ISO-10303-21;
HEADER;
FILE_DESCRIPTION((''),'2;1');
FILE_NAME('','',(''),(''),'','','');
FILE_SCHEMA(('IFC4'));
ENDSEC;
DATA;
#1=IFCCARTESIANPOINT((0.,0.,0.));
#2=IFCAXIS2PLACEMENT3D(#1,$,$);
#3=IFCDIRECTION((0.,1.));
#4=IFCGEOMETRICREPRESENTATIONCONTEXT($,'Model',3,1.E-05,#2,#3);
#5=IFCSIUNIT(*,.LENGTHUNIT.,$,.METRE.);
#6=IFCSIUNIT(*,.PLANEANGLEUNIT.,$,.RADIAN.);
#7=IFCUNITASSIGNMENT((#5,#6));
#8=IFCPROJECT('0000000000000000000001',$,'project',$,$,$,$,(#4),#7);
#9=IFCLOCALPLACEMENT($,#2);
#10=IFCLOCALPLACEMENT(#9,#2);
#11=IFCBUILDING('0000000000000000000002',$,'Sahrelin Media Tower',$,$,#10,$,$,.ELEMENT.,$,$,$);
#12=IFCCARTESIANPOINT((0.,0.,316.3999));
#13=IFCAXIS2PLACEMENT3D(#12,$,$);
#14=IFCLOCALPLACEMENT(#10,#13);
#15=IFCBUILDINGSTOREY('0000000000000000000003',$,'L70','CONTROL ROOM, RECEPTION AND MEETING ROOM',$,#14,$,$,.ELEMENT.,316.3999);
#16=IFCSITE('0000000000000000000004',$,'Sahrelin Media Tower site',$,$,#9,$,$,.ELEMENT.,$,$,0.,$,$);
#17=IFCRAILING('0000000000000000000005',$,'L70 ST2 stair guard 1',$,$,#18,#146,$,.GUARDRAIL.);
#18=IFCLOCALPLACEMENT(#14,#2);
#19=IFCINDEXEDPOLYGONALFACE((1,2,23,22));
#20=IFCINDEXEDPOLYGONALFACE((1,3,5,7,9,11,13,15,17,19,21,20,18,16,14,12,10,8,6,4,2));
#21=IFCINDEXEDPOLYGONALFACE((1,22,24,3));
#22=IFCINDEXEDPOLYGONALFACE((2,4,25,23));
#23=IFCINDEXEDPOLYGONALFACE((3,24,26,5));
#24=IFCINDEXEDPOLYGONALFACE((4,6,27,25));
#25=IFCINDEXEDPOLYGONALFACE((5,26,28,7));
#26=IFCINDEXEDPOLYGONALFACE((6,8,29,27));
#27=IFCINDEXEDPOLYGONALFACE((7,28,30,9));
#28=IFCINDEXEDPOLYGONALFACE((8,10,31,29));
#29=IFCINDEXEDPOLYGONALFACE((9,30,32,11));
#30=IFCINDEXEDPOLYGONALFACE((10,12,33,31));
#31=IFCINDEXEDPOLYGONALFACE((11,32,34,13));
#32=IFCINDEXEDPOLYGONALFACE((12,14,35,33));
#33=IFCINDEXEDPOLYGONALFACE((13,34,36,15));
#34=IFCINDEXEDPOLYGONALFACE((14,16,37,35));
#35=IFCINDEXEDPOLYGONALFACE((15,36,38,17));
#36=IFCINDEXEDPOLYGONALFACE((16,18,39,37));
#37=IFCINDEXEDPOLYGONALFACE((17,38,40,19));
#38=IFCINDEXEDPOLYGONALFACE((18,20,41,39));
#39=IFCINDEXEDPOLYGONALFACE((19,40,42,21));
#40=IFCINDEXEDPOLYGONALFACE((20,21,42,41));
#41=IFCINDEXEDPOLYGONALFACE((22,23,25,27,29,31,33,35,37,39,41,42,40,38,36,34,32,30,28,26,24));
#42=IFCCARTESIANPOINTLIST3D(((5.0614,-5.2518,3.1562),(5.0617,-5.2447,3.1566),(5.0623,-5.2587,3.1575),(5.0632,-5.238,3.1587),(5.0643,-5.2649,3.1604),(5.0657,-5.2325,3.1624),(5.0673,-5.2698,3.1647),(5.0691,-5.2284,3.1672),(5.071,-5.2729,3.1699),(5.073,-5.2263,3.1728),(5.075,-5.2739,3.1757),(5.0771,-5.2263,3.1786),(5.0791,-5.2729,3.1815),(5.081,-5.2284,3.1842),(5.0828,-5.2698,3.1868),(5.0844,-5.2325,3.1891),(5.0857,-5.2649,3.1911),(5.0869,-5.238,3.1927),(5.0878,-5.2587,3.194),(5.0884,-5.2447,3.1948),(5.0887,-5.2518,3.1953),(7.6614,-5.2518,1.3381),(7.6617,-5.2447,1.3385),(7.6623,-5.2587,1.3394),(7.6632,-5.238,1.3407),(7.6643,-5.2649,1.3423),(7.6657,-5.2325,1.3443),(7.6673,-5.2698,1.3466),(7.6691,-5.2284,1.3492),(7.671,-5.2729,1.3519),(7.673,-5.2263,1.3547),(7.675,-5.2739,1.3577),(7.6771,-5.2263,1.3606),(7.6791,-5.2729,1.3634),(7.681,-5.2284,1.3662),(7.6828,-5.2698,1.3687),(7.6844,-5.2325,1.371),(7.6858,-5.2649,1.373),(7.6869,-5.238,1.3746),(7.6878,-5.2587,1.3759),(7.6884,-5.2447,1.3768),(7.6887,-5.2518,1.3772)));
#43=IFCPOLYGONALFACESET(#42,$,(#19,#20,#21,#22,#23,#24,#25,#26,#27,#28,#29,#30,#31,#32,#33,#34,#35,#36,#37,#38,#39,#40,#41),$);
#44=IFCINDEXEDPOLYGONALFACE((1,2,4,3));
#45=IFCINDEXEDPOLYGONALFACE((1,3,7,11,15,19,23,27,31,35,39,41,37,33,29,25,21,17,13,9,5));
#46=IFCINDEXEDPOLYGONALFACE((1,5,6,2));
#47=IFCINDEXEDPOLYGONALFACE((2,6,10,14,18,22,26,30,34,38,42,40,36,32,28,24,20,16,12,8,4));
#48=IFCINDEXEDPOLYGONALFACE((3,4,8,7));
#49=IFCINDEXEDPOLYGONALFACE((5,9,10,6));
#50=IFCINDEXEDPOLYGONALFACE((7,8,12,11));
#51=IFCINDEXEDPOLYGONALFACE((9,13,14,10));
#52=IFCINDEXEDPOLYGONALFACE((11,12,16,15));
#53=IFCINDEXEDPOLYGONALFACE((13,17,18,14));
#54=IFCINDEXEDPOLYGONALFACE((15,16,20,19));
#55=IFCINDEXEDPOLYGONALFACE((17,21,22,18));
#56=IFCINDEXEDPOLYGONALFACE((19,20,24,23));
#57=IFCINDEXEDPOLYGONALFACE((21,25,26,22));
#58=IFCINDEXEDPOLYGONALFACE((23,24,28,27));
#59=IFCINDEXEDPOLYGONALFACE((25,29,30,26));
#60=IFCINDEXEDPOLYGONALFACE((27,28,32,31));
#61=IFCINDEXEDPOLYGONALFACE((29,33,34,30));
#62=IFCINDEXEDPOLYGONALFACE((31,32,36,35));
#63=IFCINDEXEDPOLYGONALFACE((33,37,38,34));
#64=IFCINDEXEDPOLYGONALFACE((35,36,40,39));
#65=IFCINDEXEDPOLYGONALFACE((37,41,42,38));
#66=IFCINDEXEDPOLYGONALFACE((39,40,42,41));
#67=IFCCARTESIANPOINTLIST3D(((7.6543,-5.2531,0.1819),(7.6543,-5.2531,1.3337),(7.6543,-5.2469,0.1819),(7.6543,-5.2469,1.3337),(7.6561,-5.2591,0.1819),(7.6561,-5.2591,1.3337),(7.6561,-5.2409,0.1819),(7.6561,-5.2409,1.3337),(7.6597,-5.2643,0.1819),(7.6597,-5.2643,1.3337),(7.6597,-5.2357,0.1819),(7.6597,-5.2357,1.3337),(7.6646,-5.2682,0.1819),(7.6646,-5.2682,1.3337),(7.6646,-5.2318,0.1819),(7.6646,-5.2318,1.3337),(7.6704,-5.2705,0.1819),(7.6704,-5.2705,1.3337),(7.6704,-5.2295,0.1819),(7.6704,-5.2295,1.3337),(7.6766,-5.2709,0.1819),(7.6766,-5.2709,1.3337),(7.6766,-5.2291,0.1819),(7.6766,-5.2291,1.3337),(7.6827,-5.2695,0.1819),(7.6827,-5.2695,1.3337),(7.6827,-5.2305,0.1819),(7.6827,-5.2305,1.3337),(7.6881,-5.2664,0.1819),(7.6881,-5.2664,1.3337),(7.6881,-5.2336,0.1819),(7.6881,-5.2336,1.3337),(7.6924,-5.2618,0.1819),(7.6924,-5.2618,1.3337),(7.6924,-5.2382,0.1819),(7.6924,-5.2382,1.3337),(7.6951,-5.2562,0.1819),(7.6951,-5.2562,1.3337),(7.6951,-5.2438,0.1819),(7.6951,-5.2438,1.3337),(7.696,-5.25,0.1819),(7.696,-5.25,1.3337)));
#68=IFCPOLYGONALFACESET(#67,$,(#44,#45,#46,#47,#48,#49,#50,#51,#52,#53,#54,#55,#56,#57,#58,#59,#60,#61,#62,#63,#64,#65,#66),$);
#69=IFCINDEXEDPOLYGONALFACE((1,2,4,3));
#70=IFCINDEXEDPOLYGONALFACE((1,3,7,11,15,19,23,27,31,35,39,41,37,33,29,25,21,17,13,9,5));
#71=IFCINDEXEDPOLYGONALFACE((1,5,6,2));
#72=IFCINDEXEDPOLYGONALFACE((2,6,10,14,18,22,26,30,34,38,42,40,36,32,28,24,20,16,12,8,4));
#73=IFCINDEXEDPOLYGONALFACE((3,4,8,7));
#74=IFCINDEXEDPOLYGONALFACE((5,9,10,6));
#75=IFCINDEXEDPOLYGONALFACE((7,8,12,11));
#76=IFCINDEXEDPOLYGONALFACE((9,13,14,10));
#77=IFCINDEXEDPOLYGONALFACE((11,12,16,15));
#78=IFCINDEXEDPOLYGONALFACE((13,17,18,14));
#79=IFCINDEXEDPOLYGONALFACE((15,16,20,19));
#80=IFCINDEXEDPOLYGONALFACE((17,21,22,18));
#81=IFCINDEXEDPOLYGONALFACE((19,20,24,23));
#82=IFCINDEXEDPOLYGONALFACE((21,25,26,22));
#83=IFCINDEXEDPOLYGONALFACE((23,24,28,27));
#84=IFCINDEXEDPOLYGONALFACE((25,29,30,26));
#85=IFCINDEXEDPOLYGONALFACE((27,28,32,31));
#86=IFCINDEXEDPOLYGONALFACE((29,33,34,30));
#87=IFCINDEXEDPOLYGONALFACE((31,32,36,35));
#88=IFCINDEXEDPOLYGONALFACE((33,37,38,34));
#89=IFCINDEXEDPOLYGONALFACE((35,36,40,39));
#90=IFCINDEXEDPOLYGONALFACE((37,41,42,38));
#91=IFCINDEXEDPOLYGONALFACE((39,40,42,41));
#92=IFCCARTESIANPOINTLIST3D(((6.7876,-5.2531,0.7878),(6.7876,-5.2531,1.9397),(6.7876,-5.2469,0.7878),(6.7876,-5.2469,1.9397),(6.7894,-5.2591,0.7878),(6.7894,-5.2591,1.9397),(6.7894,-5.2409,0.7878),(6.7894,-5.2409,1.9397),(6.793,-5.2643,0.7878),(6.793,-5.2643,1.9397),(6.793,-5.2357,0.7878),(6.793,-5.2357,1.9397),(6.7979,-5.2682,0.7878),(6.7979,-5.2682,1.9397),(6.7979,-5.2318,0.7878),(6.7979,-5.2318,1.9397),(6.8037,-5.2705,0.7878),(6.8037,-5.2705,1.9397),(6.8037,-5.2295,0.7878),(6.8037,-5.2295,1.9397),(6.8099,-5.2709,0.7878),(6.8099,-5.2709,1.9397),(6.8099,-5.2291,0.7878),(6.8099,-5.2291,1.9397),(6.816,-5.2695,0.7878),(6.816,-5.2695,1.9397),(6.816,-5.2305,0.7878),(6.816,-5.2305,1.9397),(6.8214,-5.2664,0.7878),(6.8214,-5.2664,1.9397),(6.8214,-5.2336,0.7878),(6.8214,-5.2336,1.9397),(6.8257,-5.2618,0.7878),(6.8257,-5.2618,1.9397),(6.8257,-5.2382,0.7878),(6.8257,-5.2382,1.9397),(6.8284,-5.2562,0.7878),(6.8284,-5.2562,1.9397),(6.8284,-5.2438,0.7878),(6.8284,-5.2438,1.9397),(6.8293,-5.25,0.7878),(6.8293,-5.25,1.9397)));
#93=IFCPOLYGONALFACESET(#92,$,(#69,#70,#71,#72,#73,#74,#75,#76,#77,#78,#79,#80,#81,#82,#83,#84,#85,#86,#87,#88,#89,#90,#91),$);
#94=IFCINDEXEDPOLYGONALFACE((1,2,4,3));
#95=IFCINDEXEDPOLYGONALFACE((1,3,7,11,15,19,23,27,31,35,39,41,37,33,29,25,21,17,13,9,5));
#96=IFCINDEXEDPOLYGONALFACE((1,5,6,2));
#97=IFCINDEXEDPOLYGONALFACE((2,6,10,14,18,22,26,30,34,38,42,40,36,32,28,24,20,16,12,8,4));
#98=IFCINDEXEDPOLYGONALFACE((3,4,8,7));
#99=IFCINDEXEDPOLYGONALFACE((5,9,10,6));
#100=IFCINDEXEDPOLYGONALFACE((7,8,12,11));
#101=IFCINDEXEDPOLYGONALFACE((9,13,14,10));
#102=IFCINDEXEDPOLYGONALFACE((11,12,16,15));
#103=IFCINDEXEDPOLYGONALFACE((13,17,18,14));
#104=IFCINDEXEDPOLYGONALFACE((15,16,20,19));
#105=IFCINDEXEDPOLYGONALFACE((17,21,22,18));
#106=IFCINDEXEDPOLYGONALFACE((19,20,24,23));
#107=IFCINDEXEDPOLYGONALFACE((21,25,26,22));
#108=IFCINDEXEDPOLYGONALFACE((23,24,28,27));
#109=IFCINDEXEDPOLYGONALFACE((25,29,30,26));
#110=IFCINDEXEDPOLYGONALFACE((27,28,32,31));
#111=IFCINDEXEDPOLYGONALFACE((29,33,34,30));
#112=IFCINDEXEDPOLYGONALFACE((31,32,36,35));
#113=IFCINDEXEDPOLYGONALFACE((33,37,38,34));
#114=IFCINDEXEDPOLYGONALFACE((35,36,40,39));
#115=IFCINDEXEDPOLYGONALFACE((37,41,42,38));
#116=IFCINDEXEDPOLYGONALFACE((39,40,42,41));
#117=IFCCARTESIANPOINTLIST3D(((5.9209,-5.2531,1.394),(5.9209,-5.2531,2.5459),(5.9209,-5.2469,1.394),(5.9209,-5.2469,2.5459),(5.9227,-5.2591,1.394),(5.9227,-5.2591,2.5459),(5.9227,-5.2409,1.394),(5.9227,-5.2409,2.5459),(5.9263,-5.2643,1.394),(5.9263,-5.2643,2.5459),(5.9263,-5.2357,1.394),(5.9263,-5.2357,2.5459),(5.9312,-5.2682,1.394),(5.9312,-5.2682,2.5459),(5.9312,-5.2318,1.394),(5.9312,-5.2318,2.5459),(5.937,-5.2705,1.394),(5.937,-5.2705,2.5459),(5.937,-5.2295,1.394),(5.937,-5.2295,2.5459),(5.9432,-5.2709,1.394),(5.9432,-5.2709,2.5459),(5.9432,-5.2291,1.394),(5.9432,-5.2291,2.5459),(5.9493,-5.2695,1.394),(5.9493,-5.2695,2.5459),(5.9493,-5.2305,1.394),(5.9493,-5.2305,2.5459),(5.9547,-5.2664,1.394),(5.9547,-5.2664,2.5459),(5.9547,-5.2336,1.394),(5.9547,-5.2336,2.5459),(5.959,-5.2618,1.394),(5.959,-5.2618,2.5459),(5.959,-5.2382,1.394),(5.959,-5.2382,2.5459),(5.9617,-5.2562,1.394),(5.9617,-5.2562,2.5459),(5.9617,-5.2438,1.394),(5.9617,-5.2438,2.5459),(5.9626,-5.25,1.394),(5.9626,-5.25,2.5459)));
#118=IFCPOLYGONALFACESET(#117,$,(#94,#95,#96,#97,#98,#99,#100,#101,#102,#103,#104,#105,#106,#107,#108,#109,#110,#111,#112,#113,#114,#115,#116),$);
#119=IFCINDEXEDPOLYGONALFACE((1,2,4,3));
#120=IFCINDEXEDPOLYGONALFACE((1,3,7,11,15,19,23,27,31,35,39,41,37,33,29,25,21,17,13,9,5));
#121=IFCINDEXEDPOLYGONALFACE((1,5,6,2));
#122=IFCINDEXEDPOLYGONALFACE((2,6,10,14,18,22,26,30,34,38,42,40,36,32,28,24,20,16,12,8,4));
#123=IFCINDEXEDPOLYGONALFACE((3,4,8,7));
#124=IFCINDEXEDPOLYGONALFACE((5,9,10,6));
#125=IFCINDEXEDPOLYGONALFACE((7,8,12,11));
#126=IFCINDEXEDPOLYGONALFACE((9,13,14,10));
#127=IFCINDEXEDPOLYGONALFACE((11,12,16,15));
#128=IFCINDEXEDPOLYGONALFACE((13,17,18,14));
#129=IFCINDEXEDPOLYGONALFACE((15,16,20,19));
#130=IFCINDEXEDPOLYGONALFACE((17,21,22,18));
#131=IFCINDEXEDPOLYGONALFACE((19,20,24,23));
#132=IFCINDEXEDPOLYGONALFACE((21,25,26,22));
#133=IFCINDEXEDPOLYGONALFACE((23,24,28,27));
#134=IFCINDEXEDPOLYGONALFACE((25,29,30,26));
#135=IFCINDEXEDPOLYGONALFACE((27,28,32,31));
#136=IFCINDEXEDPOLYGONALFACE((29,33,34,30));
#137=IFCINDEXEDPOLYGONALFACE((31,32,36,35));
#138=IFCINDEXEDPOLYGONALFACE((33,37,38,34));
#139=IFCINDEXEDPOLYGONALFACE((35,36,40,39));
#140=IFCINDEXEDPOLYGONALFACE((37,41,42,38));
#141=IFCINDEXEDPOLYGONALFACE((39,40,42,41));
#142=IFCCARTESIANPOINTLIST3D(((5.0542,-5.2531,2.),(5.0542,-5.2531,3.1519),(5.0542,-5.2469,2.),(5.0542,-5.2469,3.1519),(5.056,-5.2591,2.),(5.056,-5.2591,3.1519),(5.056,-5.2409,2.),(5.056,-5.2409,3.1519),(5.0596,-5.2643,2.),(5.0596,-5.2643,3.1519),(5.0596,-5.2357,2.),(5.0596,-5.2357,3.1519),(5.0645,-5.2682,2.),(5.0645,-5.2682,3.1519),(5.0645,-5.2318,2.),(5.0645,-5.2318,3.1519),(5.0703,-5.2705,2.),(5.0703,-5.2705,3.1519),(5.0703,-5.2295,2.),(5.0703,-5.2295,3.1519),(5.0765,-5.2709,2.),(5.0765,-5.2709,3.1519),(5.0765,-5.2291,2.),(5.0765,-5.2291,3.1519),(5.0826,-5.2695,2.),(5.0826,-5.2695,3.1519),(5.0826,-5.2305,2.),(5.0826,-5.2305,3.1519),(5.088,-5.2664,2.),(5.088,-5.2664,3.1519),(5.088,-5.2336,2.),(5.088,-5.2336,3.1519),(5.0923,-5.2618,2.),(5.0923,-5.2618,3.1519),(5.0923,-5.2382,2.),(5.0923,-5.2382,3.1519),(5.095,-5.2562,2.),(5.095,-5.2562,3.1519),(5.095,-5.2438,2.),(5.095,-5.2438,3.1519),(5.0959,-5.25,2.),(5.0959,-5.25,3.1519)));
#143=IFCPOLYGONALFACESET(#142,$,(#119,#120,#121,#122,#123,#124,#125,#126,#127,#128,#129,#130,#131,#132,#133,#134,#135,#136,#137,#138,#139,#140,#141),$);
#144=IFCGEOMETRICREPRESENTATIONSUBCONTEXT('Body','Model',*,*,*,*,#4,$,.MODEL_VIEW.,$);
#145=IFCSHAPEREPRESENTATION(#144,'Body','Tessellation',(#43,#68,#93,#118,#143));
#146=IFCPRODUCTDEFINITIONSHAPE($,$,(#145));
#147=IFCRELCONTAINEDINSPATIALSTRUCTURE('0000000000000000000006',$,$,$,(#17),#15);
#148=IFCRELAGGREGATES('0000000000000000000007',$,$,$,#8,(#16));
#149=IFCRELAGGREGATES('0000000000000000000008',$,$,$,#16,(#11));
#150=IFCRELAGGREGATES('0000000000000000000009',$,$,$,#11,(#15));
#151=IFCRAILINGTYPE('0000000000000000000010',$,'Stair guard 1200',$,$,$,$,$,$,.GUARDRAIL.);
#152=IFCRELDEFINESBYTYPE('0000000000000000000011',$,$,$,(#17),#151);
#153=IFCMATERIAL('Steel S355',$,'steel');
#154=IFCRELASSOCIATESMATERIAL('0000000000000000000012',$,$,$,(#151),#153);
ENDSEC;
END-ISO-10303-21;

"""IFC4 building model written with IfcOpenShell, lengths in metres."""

from ifc_helpers import new_model, si_unit, direction, frame, origin, origin_2d, place, context, subcontext, project, spatial, circle, extrude, material, type_object, element, save


model = new_model("IFC4")

# Units and contexts
model_context = context("Model", 3, precision=1e-05, world=origin(), true_north=direction((0.0, 1.0)))
body_context = subcontext(model_context, "Body", "Model", "MODEL_VIEW")
ifc_project = project(units=[si_unit("LENGTHUNIT", "METRE"), si_unit("PLANEANGLEUNIT", "RADIAN")], contexts=[model_context])

# Site, building, storey
site_placement = place(None, origin())
site = spatial("IfcSite", under=ifc_project, at=site_placement, Name="Sahrelin Media Tower site", CompositionType="ELEMENT", RefElevation=0.0)
building_placement = place(site_placement, origin())
building = spatial("IfcBuilding", under=site, at=building_placement, Name="Sahrelin Media Tower", CompositionType="ELEMENT")
storey_placement = place(building_placement, frame((0.0, 0.0, 316.3999)))
storey = spatial("IfcBuildingStorey", under=building, at=storey_placement, Name="L70", Description="CONTROL ROOM, RECEPTION AND MEETING ROOM", CompositionType="ELEMENT", Elevation=316.3999)

# Shared definitions
ifc_material_1 = material(Name="Steel S355", Category="steel")

# Railing
railing_type_1 = type_object("IfcRailingType", Name="Stair guard 1200", PredefinedType="GUARDRAIL", material=ifc_material_1)
railing_1_placement = place(storey_placement, frame((7.675, -5.25, 0.1819)))
element("IfcRailing", 1, at=railing_1_placement, inside=storey, type_object=railing_type_1, Name="L70 ST2 stair guard 1", PredefinedType="GUARDRAIL", context=body_context, shape_type="SweptSolid", body=[
    extrude(circle(Radius=0.0239, at=origin_2d()), frame((0.0, 0.0, 1.1758), z_axis=(-0.819521, 0.0, 0.573049), x_axis=(0.0, -1.0, 0.0)), (0.0, 0.0, 1.0), 3.1726),
    extrude(circle(Radius=0.021, at=origin_2d()), origin(), (0.0, 0.0, 1.0), 1.1519),
    extrude(circle(Radius=0.021, at=origin_2d()), frame((-0.8667, 0.0, 0.606)), (0.0, 0.0, 1.0), 1.1519),
    extrude(circle(Radius=0.021, at=origin_2d()), frame((-1.7334, 0.0, 1.2122)), (0.0, 0.0, 1.0), 1.1519),
    extrude(circle(Radius=0.021, at=origin_2d()), frame((-2.6001, 0.0, 1.8181)), (0.0, 0.0, 1.0), 1.1519),
])

save(model, "model.ifc")
